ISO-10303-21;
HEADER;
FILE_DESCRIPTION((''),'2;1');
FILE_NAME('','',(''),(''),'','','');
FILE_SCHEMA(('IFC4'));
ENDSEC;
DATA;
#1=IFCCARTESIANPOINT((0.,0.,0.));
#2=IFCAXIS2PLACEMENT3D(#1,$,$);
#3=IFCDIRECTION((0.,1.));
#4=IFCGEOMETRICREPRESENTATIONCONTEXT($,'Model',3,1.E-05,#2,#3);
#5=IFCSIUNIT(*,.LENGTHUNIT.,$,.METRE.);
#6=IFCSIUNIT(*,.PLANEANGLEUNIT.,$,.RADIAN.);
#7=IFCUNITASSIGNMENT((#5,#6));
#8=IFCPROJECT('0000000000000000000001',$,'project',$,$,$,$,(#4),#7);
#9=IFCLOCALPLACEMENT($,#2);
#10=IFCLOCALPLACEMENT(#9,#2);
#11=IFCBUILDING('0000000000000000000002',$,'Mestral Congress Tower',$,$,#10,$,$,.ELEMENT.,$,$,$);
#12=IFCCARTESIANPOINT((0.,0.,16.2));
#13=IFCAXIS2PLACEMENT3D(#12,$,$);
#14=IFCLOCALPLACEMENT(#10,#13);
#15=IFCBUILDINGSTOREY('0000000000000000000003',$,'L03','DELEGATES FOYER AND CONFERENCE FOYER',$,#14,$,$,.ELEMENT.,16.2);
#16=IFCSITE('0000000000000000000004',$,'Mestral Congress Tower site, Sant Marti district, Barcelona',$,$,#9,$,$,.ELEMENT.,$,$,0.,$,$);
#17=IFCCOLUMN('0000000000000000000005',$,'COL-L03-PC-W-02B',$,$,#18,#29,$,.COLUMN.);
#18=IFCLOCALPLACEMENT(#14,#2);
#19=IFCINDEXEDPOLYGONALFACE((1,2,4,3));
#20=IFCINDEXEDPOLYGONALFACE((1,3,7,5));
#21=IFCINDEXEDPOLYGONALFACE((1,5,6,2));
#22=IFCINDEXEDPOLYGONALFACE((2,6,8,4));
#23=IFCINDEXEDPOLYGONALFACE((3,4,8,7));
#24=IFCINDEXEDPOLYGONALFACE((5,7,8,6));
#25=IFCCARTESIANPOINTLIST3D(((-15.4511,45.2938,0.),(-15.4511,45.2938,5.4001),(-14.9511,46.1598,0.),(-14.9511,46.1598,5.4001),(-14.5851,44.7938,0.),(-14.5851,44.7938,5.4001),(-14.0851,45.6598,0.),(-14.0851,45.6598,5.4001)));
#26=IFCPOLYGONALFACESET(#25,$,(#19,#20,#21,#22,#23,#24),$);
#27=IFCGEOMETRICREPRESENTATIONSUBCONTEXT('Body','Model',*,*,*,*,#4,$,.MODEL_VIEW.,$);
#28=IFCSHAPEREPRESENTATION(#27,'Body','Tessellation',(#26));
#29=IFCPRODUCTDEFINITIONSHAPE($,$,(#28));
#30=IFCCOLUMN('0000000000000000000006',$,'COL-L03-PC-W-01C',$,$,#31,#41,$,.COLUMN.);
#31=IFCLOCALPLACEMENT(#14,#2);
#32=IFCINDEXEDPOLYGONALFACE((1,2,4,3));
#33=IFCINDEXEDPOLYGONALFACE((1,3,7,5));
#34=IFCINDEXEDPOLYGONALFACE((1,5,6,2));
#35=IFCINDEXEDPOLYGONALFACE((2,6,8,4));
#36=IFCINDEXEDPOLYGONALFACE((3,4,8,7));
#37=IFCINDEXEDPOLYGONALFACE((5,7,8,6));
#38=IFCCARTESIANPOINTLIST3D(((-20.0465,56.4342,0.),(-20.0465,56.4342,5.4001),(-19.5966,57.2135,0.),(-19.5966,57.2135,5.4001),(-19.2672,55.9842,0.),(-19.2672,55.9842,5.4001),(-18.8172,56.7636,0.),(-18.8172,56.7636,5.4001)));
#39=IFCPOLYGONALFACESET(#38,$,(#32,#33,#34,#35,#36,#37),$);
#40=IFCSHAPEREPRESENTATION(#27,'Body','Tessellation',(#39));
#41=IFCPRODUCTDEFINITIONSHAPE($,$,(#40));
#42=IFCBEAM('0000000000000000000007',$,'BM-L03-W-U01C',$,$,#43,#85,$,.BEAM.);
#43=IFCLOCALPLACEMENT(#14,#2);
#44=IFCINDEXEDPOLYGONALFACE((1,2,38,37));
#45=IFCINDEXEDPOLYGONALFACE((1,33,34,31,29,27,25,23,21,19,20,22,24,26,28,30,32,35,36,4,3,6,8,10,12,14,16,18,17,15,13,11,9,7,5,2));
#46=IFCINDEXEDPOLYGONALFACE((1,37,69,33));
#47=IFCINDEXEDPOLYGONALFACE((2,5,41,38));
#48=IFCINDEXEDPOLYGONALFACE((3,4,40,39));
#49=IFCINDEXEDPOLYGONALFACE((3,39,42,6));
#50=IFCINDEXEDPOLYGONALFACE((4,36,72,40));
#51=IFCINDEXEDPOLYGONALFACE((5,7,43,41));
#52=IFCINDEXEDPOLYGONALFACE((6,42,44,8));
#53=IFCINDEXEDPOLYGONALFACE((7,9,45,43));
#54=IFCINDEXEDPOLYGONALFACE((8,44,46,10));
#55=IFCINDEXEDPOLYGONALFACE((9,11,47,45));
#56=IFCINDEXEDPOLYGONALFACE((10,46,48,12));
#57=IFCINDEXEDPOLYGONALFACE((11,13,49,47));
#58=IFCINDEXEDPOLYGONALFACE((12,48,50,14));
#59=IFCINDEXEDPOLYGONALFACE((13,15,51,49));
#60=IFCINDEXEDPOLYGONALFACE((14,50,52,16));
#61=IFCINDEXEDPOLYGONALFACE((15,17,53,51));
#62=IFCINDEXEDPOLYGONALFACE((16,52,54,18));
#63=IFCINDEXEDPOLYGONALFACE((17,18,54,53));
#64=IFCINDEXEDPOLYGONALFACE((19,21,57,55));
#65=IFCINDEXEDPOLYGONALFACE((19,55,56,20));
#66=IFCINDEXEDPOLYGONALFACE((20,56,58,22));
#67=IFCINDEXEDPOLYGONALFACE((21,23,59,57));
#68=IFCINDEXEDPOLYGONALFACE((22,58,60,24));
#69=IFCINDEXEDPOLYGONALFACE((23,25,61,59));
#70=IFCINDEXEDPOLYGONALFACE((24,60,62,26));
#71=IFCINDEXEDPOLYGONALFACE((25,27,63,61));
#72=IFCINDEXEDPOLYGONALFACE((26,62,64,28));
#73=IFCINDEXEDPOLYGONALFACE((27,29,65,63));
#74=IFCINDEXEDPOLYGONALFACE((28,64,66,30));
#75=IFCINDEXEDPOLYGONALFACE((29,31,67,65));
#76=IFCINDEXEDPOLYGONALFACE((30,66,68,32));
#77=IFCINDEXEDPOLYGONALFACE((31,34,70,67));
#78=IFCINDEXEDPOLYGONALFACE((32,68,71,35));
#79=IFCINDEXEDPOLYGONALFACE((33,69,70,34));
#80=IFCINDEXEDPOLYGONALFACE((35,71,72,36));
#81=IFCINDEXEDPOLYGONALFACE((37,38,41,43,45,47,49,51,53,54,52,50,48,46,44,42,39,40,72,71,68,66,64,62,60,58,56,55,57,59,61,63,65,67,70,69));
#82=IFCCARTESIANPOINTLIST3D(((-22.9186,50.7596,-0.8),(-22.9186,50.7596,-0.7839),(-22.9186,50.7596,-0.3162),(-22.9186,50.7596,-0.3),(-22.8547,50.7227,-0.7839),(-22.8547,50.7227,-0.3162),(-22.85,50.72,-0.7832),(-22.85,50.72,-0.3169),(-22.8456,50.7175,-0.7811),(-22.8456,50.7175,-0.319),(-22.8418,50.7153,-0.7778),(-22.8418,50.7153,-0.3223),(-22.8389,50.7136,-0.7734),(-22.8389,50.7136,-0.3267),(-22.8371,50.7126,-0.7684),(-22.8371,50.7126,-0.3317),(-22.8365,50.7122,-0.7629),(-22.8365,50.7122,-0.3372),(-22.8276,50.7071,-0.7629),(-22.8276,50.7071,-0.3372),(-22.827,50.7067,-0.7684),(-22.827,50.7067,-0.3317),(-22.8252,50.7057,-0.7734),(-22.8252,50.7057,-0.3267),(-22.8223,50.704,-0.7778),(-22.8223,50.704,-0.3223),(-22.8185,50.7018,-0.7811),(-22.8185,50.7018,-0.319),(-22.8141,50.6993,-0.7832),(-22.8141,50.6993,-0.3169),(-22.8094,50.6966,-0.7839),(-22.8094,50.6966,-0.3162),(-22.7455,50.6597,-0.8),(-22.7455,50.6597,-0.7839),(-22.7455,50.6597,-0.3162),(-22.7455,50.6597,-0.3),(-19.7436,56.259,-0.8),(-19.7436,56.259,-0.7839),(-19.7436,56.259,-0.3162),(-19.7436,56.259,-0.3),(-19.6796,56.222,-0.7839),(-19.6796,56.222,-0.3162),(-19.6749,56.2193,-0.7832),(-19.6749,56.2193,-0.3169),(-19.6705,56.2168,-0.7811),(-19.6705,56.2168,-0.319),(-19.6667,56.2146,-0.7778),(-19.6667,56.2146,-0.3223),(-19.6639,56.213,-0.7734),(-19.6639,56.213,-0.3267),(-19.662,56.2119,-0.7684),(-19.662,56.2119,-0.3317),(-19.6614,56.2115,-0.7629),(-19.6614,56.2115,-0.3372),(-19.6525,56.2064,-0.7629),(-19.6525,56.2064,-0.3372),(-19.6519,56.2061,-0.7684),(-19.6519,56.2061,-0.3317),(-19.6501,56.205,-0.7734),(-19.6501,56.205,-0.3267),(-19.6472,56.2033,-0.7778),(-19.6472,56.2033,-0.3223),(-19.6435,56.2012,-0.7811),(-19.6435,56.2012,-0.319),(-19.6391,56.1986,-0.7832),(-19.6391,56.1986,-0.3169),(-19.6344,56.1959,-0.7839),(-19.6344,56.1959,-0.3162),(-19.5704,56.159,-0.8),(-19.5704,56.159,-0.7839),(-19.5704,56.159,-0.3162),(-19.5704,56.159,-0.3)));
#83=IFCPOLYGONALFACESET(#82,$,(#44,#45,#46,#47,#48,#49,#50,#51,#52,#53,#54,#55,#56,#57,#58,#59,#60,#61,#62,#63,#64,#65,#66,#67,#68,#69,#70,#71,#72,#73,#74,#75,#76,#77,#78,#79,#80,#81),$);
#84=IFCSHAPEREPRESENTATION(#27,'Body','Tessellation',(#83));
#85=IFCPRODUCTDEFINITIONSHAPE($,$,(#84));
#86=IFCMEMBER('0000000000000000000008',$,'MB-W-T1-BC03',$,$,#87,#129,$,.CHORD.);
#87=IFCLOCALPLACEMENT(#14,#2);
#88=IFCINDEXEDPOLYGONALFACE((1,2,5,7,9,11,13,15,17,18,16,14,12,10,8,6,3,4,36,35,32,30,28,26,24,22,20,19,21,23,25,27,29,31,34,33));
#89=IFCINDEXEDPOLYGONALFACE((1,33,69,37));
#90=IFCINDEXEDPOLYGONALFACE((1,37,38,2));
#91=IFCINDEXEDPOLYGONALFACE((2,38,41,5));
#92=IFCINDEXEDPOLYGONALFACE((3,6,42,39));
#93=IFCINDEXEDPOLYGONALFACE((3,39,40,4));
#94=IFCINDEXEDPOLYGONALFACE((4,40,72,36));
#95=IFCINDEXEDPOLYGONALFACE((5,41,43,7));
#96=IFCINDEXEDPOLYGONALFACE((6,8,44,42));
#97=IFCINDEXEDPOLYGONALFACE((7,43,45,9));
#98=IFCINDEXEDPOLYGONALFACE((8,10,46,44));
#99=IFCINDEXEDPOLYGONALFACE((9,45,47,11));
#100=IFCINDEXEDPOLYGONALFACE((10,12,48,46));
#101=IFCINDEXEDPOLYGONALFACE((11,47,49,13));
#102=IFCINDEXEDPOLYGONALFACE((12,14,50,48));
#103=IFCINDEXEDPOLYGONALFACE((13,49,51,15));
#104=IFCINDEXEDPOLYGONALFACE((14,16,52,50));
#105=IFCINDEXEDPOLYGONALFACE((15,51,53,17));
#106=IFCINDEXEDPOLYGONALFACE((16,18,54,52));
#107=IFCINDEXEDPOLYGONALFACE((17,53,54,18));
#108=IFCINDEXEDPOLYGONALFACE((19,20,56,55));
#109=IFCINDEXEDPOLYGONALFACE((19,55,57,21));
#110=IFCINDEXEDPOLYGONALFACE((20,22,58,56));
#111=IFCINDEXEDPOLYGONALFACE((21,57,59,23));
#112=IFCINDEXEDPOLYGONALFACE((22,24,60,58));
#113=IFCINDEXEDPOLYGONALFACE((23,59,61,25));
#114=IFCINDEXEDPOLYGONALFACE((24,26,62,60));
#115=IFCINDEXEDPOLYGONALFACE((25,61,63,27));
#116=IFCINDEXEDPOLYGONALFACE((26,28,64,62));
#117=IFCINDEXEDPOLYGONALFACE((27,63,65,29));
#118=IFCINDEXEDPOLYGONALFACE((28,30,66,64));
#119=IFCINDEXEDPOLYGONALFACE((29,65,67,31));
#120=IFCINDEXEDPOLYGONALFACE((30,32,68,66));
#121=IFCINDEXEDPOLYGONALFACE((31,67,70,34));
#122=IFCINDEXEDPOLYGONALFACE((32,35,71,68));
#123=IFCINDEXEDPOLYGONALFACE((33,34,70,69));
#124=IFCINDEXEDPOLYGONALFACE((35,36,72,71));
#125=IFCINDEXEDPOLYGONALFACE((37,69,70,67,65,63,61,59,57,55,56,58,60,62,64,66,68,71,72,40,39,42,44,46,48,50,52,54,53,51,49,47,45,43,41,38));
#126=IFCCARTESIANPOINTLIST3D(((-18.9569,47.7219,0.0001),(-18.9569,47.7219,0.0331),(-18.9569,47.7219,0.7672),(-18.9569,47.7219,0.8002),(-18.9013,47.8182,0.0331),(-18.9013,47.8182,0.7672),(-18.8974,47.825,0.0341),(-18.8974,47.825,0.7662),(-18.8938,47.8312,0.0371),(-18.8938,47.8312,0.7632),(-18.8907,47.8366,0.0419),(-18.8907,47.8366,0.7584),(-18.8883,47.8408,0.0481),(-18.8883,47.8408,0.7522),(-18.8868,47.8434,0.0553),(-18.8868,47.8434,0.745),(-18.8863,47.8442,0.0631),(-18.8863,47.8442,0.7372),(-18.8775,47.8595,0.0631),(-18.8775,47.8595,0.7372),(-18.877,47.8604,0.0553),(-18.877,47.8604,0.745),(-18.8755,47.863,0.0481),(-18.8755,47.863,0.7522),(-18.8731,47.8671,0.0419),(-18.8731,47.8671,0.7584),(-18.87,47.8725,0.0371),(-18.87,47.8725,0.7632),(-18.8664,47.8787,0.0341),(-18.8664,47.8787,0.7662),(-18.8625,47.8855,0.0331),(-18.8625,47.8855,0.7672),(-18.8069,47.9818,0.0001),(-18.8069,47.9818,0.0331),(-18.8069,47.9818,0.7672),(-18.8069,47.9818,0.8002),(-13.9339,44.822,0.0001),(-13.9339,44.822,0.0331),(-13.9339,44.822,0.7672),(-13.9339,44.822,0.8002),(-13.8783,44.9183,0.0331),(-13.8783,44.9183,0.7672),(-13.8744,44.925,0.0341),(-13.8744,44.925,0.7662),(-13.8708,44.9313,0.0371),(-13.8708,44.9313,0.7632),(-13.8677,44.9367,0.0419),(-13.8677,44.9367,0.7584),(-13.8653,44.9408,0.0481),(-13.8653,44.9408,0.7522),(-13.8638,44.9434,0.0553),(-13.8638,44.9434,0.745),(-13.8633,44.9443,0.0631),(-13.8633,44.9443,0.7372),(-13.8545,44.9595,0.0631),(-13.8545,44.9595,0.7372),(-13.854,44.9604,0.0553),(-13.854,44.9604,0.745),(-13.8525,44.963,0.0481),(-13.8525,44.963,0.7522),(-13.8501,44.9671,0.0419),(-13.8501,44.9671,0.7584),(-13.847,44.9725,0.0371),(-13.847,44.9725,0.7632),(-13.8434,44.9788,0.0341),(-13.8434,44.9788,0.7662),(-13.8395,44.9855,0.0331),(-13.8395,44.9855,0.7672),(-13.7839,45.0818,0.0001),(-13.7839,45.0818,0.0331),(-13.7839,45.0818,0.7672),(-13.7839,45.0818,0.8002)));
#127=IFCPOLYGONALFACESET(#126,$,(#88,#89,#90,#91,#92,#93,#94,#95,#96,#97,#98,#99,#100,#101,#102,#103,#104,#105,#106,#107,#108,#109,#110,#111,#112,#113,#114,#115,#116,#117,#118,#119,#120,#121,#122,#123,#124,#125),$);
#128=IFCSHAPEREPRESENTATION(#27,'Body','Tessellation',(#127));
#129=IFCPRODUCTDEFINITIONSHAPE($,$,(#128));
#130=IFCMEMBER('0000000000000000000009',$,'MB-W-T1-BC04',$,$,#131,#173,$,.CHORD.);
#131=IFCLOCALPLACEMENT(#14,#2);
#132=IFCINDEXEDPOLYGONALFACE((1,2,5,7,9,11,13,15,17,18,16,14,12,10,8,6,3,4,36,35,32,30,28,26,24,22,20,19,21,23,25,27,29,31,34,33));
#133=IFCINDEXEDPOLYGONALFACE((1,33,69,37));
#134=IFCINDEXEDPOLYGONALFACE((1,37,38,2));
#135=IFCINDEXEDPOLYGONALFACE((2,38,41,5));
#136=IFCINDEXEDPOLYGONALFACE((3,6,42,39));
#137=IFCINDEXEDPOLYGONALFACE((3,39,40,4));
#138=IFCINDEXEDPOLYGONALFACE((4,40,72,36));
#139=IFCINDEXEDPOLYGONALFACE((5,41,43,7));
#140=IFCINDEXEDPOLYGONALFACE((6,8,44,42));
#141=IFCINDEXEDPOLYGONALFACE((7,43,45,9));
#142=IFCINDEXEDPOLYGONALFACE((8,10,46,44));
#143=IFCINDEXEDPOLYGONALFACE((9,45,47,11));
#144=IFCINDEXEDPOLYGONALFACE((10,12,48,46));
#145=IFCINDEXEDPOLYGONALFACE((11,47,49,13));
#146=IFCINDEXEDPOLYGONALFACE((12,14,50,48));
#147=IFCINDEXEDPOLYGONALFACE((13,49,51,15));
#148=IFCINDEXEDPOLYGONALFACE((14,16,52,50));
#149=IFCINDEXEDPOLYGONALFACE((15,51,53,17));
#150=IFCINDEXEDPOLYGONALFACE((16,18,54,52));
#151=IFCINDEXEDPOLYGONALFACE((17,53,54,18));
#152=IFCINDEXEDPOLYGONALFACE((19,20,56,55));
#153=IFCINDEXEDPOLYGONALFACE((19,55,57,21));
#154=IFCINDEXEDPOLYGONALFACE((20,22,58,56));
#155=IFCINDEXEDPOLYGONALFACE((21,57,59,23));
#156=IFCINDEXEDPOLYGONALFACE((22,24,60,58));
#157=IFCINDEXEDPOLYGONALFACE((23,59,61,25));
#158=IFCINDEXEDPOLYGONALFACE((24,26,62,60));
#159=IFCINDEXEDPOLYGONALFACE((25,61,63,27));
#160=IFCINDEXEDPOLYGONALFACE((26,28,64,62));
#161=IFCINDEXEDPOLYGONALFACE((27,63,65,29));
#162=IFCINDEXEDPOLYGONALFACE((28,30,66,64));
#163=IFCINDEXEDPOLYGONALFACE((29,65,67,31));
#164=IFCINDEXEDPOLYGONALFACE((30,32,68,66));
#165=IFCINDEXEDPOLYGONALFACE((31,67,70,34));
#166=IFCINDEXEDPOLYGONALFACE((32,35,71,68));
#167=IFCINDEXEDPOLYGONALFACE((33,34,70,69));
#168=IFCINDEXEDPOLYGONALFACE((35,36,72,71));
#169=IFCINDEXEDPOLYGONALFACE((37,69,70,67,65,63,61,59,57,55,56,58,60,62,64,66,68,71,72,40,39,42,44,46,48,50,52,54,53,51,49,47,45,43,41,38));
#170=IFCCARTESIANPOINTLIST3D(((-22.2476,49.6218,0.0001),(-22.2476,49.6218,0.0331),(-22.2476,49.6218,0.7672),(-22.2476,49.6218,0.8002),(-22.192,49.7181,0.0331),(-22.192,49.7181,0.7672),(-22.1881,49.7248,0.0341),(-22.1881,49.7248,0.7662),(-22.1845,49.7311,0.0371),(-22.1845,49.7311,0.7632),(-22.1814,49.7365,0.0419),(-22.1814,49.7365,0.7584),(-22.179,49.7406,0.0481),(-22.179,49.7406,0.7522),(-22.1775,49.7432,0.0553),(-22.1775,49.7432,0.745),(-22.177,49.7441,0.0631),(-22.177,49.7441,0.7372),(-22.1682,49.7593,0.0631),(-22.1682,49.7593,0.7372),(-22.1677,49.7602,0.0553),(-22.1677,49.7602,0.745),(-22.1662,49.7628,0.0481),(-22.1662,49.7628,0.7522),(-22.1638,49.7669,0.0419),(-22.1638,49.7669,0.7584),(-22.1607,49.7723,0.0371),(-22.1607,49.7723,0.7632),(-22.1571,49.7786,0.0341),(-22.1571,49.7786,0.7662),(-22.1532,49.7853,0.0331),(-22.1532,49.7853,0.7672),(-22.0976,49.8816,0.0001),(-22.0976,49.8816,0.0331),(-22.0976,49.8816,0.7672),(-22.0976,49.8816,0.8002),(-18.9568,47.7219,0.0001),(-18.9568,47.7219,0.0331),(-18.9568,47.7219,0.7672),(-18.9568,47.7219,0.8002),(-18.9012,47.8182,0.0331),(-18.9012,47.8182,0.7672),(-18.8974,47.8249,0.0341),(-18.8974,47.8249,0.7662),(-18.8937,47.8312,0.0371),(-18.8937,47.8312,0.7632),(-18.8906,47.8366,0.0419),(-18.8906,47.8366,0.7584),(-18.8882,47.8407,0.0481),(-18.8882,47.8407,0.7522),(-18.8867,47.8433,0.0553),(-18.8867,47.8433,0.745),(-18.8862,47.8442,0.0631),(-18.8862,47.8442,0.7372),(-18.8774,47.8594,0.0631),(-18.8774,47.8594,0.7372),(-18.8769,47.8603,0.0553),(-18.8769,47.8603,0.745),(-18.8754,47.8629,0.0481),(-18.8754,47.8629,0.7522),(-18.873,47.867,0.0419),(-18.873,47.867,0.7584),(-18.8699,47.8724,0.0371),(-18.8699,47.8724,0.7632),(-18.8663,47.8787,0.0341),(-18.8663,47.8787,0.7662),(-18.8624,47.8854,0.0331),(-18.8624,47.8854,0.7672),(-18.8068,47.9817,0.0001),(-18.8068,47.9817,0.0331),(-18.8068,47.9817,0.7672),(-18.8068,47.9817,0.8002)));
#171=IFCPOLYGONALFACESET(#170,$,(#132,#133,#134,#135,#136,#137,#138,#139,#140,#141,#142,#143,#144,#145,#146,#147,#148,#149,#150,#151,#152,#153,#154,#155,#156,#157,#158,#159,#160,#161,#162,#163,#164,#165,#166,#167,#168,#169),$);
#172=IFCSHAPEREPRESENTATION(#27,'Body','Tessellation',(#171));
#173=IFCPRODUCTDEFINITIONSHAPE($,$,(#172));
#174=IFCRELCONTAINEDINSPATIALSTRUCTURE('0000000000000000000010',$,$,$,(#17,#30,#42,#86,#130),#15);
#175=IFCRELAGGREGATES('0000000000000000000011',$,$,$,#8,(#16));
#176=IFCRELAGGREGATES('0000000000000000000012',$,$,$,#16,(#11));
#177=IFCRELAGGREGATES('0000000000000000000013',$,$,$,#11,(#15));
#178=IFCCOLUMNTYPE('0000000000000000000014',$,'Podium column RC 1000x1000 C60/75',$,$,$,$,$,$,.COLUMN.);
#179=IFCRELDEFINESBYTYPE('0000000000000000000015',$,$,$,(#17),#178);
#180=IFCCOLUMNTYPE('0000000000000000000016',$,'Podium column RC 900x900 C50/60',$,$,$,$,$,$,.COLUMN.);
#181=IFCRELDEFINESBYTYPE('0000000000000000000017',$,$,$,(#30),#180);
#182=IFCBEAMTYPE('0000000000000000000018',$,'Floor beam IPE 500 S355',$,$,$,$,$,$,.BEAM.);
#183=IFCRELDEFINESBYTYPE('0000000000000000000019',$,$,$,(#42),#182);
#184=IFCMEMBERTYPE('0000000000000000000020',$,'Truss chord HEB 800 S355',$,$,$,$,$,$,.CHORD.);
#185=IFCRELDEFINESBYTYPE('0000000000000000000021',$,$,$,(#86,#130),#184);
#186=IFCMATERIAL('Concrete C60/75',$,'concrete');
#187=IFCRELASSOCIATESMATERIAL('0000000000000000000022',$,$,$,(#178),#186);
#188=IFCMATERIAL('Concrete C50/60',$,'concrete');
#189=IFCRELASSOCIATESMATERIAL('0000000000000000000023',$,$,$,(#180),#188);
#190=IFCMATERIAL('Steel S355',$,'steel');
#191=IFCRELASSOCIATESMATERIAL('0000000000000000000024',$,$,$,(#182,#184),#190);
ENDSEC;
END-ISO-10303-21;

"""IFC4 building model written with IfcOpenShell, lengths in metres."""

from ifc_helpers import new_model, si_unit, direction, frame, origin, origin_2d, place, context, subcontext, project, spatial, rectangle, i_section, extrude, material, material_profile, profile_set, type_object, element, save


model = new_model("IFC4")

# Units and contexts
model_context = context("Model", 3, precision=1e-05, world=origin(), true_north=direction((0.0, 1.0)))
body_context = subcontext(model_context, "Body", "Model", "MODEL_VIEW")
ifc_project = project(units=[si_unit("LENGTHUNIT", "METRE"), si_unit("PLANEANGLEUNIT", "RADIAN")], contexts=[model_context])

# Site, building, storey
site_placement = place(None, origin())
site = spatial("IfcSite", under=ifc_project, at=site_placement, Name="Mestral Congress Tower site, Sant Marti district, Barcelona", CompositionType="ELEMENT", RefElevation=0.0)
building_placement = place(site_placement, origin())
building = spatial("IfcBuilding", under=site, at=building_placement, Name="Mestral Congress Tower", CompositionType="ELEMENT")
storey_placement = place(building_placement, frame((0.0, 0.0, 16.2)))
storey = spatial("IfcBuildingStorey", under=building, at=storey_placement, Name="L03", Description="DELEGATES FOYER AND CONFERENCE FOYER", CompositionType="ELEMENT", Elevation=16.2)

# Columns
ifc_material_1 = material(Name="Concrete C60/75", Category="concrete")
ifc_material_profile_1 = material_profile(ifc_material_1, rectangle(XDim=1.0, YDim=1.0, at=origin_2d()), Name="RC 1000x1000")
ifc_profile_set_1 = profile_set([ifc_material_profile_1], Name="Concrete C60/75")
column_type_1 = type_object("IfcColumnType", Name="Podium column RC 1000x1000 C60/75", PredefinedType="COLUMN", material=ifc_profile_set_1)
column_1_placement = place(storey_placement, frame((-14.7681, 45.4768, 0.0), z_axis=(0.0, 0.0, 1.0), x_axis=(-0.5, -0.866025, 0.0)))
element("IfcColumn", 1, at=column_1_placement, inside=storey, type_object=column_type_1, Name="COL-L03-PC-W-02B", PredefinedType="COLUMN", context=body_context, shape_type="SweptSolid", body=[
    extrude(rectangle(XDim=1.0, YDim=1.0, at=origin_2d()), origin(), (0.0, 0.0, 1.0), 5.4001),
])
ifc_material_2 = material(Name="Concrete C50/60", Category="concrete")
ifc_material_profile_2 = material_profile(ifc_material_2, rectangle(XDim=0.8999, YDim=0.8999, at=origin_2d()), Name="RC 900x900")
ifc_profile_set_2 = profile_set([ifc_material_profile_2], Name="Concrete C50/60")
column_type_2 = type_object("IfcColumnType", Name="Podium column RC 900x900 C50/60", PredefinedType="COLUMN", material=ifc_profile_set_2)
column_2_placement = place(storey_placement, frame((-19.4319, 56.5989, 0.0), z_axis=(0.0, 0.0, 1.0), x_axis=(-0.5, -0.866025, 0.0)))
element("IfcColumn", 2, at=column_2_placement, inside=storey, type_object=column_type_2, Name="COL-L03-PC-W-01C", PredefinedType="COLUMN", context=body_context, shape_type="SweptSolid", body=[
    extrude(rectangle(XDim=0.8999, YDim=0.8999, at=origin_2d()), origin(), (0.0, 0.0, 1.0), 5.4001),
])

# Beam
ifc_material_3 = material(Name="Steel S355", Category="steel")
ifc_material_profile_3 = material_profile(ifc_material_3, i_section(OverallWidth=0.2, OverallDepth=0.5, WebThickness=0.0103, FlangeThickness=0.0161, FilletRadius=0.021, at=origin_2d()), Name="IPE 500")
ifc_profile_set_3 = profile_set([ifc_material_profile_3], Name="Steel S355")
beam_type = type_object("IfcBeamType", Name="Floor beam IPE 500 S355", PredefinedType="BEAM", material=ifc_profile_set_3)
beam_placement = place(storey_placement, frame((-19.657, 56.209, -0.55), z_axis=(-0.500005, -0.866022, 0.0), x_axis=(0.866022, -0.500005, 0.0)))
element("IfcBeam", 3, at=beam_placement, inside=storey, type_object=beam_type, Name="BM-L03-W-U01C", PredefinedType="BEAM", context=body_context, shape_type="SweptSolid", body=[
    extrude(i_section(OverallWidth=0.2, OverallDepth=0.5, WebThickness=0.0103, FlangeThickness=0.0161, FilletRadius=0.021, at=origin_2d()), origin(), (0.0, 0.0, 1.0), 6.3501),
])

# Members
ifc_material_profile_4 = material_profile(ifc_material_3, i_section(OverallWidth=0.3, OverallDepth=0.8, WebThickness=0.0176, FlangeThickness=0.033, FilletRadius=0.03, at=origin_2d()), Name="HEB 800")
ifc_profile_set_4 = profile_set([ifc_material_profile_4], Name="Steel S355")
member_type_1 = type_object("IfcMemberType", Name="Truss chord HEB 800 S355", PredefinedType="CHORD", material=ifc_profile_set_4)
member_1_placement = place(storey_placement, frame((-13.8589, 44.9519, 0.4001), z_axis=(-0.866033, 0.499987, 0.0), x_axis=(-0.499987, -0.866033, 0.0)))
element("IfcMember", 4, at=member_1_placement, inside=storey, type_object=member_type_1, Name="MB-W-T1-BC03", PredefinedType="CHORD", context=body_context, shape_type="SweptSolid", body=[
    extrude(i_section(OverallWidth=0.3, OverallDepth=0.8, WebThickness=0.0176, FlangeThickness=0.033, FilletRadius=0.03, at=origin_2d()), origin(), (0.0, 0.0, 1.0), 5.8),
])
member_2_placement = place(storey_placement, frame((-18.8818, 47.8518, 0.4001), z_axis=(-0.866028, 0.499995, 0.0), x_axis=(-0.499995, -0.866028, 0.0)))
element("IfcMember", 5, at=member_2_placement, inside=storey, type_object=member_type_1, Name="MB-W-T1-BC04", PredefinedType="CHORD", context=body_context, shape_type="SweptSolid", body=[
    extrude(i_section(OverallWidth=0.3, OverallDepth=0.8, WebThickness=0.0176, FlangeThickness=0.033, FilletRadius=0.03, at=origin_2d()), origin(), (0.0, 0.0, 1.0), 3.7998),
])

save(model, "model.ifc")
